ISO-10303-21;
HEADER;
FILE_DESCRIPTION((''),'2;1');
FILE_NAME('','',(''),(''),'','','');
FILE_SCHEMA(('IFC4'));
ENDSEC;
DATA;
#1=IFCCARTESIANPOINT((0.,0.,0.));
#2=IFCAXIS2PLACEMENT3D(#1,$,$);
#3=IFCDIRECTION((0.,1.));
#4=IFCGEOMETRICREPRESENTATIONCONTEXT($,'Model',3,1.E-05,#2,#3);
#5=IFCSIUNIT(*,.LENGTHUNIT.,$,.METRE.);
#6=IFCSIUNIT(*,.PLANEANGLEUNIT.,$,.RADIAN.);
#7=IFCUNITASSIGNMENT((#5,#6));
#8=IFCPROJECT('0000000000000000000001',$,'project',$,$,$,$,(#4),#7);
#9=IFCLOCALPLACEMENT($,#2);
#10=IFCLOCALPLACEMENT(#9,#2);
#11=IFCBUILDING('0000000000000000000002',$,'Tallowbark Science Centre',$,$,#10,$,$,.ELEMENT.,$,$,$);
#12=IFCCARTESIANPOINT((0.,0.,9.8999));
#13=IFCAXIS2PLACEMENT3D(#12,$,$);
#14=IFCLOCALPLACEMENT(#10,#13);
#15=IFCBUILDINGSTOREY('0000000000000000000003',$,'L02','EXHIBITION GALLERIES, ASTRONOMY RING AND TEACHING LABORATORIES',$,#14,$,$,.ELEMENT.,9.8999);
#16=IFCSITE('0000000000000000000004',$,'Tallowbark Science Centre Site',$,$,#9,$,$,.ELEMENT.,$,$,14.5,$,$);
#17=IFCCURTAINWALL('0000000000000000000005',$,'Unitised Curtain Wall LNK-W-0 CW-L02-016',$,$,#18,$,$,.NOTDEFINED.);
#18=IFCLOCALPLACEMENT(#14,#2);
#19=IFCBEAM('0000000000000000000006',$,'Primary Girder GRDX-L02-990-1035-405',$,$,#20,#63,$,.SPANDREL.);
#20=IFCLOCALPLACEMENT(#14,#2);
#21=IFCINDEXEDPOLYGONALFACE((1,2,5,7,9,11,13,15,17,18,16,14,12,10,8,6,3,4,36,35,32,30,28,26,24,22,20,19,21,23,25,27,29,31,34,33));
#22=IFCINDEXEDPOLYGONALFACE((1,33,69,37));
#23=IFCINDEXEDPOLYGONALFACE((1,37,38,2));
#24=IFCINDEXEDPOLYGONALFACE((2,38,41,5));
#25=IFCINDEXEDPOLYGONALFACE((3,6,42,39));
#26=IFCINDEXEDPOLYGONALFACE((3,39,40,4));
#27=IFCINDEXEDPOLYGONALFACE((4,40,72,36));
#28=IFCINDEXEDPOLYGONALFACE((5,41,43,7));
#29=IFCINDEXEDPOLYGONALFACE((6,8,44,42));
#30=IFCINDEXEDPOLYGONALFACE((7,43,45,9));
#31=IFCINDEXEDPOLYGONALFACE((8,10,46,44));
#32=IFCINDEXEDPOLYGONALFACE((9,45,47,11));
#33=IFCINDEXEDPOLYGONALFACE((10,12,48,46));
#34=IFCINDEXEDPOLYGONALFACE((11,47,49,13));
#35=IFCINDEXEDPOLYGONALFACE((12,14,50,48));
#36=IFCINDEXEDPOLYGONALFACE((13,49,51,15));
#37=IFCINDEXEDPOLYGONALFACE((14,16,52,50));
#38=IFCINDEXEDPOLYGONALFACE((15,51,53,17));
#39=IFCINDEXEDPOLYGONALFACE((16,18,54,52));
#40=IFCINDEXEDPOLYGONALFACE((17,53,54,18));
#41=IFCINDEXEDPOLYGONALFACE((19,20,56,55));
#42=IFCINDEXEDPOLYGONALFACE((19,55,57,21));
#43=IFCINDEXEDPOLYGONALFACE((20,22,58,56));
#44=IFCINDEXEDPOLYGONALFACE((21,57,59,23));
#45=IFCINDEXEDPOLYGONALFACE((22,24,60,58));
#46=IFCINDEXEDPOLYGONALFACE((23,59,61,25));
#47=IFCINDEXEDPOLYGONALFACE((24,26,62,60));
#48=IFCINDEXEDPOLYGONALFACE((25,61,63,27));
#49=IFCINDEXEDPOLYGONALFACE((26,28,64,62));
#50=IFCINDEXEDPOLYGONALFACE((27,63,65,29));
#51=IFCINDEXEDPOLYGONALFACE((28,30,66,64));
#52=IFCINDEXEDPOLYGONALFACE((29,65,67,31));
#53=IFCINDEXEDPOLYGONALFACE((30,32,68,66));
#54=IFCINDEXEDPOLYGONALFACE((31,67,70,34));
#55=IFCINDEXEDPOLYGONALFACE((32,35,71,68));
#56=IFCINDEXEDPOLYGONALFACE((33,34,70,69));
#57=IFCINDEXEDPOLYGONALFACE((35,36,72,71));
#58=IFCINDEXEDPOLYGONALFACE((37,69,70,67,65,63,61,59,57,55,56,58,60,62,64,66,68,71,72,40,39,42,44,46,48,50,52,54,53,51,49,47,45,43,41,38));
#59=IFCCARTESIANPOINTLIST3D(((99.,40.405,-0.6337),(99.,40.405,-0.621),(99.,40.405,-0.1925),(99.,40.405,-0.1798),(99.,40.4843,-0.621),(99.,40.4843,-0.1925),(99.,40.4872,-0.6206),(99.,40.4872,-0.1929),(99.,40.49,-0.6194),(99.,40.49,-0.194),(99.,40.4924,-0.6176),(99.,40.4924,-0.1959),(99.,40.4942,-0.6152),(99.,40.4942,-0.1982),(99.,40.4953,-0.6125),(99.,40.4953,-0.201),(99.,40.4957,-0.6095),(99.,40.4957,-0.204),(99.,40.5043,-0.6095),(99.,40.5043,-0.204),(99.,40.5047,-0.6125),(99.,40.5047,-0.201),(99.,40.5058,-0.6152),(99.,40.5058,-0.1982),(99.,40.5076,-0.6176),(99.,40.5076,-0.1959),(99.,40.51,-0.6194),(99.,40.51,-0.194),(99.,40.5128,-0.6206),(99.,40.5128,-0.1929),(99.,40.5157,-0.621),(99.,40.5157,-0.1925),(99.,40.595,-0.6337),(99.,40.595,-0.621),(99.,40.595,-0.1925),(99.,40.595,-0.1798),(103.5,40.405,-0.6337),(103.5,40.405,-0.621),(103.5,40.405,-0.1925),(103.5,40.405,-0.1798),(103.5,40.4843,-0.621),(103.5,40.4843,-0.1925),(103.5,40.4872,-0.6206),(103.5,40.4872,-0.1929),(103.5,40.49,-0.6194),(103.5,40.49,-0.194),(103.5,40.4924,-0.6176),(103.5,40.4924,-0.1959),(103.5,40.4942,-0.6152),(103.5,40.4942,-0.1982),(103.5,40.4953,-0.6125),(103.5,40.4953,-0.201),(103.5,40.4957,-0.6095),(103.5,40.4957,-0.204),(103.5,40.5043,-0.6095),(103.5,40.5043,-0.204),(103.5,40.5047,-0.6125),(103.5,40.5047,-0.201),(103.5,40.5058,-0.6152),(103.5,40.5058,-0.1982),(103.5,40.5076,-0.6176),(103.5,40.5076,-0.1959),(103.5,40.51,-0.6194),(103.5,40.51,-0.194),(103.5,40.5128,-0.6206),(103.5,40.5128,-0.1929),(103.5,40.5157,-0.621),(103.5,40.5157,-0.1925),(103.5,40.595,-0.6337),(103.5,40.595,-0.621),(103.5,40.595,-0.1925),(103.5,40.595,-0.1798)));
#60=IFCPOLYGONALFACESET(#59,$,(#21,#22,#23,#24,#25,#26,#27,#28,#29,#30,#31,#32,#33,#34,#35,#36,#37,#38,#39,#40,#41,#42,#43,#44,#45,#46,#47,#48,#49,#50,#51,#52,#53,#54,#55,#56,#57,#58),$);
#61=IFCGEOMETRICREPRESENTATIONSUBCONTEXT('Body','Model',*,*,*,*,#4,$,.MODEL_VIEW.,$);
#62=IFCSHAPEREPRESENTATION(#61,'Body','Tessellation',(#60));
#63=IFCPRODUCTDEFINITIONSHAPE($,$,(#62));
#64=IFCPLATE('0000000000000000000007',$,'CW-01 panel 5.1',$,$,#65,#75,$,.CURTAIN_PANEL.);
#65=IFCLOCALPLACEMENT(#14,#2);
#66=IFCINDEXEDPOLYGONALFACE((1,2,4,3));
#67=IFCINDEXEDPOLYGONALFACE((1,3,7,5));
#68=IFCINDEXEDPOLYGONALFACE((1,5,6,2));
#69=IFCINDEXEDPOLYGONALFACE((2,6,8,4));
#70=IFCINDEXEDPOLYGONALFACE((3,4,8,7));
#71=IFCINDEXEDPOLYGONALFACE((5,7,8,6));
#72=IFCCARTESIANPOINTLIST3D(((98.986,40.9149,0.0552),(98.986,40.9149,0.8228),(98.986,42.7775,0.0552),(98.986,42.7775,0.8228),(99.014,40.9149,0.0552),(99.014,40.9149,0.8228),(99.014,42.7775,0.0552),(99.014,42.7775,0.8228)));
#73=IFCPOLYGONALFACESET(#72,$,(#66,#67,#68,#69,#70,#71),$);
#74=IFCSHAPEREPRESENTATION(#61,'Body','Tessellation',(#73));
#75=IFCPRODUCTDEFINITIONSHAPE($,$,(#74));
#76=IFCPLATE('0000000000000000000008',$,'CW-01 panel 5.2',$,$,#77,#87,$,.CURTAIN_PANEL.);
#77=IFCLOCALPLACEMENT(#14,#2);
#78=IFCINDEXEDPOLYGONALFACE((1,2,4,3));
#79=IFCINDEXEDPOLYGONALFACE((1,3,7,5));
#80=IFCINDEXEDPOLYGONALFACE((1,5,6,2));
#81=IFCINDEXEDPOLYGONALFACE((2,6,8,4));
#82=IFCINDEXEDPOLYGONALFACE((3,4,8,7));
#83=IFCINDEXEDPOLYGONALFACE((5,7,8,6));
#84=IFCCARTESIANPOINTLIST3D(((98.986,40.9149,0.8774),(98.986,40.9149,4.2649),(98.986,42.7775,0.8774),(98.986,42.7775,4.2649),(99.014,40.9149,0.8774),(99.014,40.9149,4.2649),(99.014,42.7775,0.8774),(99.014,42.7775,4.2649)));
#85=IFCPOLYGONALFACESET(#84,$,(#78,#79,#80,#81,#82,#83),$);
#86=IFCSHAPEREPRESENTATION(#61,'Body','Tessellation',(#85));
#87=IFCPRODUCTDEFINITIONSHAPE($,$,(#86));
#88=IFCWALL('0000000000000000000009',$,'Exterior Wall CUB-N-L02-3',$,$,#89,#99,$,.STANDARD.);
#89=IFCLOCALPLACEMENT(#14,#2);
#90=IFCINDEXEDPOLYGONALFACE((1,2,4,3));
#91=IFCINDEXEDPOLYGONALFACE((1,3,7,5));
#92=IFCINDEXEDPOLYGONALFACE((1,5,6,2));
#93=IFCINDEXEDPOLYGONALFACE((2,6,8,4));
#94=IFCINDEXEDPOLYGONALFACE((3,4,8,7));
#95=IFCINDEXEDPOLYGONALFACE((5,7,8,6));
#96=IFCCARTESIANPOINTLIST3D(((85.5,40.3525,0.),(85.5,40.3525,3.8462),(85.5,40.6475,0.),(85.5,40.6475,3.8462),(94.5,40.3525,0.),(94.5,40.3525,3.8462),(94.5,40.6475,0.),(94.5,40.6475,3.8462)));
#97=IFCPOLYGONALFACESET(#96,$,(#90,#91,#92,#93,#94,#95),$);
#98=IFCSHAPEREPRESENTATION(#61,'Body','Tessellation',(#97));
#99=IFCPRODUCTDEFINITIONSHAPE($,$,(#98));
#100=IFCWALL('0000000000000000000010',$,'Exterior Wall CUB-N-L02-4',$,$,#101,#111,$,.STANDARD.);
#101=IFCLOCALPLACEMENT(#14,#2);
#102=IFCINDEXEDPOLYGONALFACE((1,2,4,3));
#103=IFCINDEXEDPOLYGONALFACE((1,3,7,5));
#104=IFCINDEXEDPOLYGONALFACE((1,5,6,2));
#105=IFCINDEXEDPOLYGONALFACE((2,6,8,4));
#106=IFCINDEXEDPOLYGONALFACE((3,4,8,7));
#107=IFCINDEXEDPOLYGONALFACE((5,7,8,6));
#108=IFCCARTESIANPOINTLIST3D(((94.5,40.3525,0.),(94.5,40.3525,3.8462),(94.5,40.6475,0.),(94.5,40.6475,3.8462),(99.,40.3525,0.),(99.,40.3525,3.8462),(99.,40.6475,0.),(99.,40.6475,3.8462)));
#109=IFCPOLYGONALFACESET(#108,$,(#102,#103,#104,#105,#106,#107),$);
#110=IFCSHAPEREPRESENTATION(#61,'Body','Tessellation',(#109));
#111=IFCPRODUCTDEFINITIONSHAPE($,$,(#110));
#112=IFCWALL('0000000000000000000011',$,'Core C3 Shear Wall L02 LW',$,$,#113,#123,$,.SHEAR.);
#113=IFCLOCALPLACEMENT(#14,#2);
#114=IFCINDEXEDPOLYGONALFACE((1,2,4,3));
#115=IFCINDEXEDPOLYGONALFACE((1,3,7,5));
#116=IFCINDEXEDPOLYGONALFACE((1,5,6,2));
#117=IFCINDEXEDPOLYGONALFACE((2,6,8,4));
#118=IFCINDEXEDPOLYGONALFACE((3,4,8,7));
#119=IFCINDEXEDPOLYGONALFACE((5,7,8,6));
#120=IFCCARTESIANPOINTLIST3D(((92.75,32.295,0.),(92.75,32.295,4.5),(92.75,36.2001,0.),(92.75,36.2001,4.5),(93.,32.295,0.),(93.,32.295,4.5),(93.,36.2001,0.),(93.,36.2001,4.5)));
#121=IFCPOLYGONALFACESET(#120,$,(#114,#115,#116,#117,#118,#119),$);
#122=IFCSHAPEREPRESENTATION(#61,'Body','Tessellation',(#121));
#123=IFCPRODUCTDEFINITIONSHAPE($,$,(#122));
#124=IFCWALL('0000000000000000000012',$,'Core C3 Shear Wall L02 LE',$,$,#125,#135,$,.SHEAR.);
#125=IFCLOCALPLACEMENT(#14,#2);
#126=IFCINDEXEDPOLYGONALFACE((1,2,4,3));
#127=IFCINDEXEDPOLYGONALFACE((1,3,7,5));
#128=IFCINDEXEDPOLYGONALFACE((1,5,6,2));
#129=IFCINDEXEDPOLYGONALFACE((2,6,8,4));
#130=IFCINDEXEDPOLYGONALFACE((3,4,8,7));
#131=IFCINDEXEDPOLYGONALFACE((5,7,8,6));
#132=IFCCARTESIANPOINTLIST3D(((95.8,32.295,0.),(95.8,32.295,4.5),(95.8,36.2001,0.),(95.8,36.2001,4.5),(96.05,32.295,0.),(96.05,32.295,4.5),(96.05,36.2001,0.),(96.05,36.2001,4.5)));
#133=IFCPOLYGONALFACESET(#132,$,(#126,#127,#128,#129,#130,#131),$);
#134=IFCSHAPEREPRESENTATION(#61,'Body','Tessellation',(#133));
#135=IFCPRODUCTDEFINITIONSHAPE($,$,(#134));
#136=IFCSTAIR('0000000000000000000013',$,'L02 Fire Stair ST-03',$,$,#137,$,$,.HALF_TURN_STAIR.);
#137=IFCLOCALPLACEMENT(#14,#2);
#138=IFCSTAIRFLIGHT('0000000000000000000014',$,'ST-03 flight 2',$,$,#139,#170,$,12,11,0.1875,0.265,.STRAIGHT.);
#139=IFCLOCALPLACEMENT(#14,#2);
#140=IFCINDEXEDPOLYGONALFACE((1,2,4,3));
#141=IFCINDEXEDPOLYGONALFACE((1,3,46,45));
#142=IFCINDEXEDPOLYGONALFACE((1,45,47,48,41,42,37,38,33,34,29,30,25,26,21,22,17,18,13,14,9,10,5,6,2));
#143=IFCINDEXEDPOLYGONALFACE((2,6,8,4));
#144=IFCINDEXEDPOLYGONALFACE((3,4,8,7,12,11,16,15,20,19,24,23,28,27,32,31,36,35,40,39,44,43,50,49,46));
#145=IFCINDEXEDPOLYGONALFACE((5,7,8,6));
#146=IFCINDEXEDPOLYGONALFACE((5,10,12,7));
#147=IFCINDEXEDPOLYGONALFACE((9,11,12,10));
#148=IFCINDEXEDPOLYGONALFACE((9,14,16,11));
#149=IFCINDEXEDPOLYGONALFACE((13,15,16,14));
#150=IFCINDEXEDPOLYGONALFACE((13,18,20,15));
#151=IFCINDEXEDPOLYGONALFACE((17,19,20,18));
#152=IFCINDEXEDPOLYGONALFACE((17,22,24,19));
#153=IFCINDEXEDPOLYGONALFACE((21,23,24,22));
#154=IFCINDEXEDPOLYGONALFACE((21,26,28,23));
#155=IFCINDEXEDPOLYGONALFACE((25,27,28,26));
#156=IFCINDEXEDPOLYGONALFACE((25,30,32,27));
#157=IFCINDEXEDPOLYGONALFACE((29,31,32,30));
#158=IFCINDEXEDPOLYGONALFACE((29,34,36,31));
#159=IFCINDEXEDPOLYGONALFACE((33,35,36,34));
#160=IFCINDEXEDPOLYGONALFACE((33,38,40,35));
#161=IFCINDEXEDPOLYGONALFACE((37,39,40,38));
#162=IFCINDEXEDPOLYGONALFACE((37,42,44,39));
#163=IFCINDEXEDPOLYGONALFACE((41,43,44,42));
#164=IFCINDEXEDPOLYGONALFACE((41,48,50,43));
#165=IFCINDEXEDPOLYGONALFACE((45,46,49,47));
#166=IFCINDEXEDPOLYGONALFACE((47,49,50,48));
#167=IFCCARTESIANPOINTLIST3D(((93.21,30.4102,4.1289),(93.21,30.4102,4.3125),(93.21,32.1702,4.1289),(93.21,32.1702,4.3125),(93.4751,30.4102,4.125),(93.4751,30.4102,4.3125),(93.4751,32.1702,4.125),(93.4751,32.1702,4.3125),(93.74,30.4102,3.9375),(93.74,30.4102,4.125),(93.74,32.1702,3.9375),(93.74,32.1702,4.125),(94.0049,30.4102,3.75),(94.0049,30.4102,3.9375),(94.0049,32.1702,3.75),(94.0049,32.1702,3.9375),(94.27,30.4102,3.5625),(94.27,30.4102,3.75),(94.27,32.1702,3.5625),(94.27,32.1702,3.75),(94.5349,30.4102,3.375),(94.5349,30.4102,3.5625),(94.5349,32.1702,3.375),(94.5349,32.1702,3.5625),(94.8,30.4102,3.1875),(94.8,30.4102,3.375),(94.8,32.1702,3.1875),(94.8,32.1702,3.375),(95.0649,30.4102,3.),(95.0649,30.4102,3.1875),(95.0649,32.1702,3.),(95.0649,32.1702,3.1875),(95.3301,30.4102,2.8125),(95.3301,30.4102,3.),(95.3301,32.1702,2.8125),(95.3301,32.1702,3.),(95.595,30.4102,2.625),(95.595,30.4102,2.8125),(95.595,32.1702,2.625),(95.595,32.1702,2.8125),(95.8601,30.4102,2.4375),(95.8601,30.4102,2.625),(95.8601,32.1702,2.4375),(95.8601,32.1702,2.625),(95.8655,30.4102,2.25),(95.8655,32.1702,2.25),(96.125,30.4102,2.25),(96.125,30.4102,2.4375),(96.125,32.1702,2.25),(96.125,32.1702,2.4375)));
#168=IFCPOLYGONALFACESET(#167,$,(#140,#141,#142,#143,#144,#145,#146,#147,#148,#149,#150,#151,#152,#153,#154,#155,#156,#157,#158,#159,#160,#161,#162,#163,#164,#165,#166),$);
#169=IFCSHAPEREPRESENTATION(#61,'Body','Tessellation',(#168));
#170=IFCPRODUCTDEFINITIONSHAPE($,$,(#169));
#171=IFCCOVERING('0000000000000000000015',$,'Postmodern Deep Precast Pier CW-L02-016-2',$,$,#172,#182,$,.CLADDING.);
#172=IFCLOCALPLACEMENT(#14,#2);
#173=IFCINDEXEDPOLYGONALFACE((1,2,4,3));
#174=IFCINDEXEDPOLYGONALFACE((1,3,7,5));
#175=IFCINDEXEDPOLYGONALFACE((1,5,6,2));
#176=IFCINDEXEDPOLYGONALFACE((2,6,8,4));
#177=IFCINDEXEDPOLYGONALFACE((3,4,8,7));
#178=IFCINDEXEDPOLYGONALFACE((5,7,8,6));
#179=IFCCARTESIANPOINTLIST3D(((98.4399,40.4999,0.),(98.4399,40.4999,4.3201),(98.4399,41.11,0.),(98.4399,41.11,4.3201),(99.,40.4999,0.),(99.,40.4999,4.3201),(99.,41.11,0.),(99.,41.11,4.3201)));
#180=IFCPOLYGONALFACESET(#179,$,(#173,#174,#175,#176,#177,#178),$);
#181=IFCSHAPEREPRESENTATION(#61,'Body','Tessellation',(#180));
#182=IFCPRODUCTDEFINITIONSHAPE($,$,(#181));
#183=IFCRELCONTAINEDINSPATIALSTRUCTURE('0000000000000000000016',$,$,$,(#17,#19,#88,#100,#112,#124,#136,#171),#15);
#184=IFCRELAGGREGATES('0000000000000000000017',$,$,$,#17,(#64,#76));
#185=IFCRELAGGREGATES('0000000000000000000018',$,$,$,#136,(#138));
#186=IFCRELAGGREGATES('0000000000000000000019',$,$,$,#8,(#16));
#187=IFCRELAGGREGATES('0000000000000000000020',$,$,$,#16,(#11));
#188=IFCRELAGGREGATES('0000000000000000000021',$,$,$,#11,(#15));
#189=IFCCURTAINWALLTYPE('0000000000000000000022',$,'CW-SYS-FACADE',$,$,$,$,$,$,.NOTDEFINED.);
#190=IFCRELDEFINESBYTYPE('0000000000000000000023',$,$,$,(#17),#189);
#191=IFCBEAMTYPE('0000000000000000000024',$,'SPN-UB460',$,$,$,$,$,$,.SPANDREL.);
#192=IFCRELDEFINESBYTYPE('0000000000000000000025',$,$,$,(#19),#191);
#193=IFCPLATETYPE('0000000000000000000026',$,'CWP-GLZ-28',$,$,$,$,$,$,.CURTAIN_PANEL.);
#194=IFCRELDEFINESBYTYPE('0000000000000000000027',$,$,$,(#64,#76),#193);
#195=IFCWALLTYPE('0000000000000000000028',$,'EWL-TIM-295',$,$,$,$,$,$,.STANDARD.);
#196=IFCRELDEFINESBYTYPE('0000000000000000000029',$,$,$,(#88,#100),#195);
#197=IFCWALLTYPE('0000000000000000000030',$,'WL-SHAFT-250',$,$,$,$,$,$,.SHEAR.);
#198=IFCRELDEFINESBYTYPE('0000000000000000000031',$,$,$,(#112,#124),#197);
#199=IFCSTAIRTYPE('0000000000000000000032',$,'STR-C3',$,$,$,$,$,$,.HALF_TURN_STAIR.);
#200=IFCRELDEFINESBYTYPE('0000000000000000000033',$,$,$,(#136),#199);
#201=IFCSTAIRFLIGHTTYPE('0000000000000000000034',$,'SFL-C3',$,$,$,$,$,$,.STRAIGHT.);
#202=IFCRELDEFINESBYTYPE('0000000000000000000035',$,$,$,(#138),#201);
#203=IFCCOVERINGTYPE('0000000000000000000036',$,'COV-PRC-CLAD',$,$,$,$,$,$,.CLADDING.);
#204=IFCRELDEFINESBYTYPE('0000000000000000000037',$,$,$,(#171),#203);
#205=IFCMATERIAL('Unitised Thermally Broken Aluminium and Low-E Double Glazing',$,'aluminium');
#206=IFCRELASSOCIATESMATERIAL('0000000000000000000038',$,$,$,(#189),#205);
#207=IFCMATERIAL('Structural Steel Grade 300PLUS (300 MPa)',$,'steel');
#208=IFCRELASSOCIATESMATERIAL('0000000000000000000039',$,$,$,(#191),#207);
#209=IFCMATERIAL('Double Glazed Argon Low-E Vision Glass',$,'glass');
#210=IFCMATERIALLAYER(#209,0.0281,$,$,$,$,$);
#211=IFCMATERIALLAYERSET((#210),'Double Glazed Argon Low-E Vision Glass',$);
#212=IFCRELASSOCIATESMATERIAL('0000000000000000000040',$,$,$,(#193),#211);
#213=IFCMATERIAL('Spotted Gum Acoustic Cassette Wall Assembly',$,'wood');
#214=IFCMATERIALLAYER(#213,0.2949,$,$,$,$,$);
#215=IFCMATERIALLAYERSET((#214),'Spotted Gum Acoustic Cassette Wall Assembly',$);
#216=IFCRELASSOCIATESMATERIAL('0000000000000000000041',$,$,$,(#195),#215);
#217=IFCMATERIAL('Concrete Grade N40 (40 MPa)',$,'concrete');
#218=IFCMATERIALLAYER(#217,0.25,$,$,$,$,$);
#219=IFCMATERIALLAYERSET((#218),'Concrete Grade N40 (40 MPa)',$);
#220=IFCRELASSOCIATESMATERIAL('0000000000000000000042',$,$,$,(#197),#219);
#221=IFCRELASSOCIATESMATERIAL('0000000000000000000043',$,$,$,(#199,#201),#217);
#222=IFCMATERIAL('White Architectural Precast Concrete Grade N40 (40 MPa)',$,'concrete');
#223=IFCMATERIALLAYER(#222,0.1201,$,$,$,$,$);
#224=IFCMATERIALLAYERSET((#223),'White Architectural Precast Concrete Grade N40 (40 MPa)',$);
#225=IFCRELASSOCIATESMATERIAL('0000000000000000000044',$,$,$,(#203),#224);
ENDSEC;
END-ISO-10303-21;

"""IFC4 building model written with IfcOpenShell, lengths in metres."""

from ifc_helpers import new_model, si_unit, direction, frame, frame_2d, origin, origin_2d, place, context, subcontext, project, spatial, polyline, rectangle, i_section, outline, extrude, material, layer, layer_set, material_profile, profile_set, type_object, element, aggregate, save


model = new_model("IFC4")

# Units and contexts
model_context = context("Model", 3, precision=1e-05, world=origin(), true_north=direction((0.0, 1.0)))
body_context = subcontext(model_context, "Body", "Model", "MODEL_VIEW")
ifc_project = project(units=[si_unit("LENGTHUNIT", "METRE"), si_unit("PLANEANGLEUNIT", "RADIAN")], contexts=[model_context])

# Site, building, storey
site_placement = place(None, origin())
site = spatial("IfcSite", under=ifc_project, at=site_placement, Name="Tallowbark Science Centre Site", CompositionType="ELEMENT", RefElevation=14.5)
building_placement = place(site_placement, origin())
building = spatial("IfcBuilding", under=site, at=building_placement, Name="Tallowbark Science Centre", CompositionType="ELEMENT")
storey_placement = place(building_placement, frame((0.0, 0.0, 9.8999)))
storey = spatial("IfcBuildingStorey", under=building, at=storey_placement, Name="L02", Description="EXHIBITION GALLERIES, ASTRONOMY RING AND TEACHING LABORATORIES", CompositionType="ELEMENT", Elevation=9.8999)

# Shared definitions
ifc_material_1 = material(Name="Structural Steel Grade 300PLUS (300 MPa)", Category="steel")

# Curtain wall
ifc_material_2 = material(Name="Unitised Thermally Broken Aluminium and Low-E Double Glazing", Category="aluminium")
curtain_wall_type = type_object("IfcCurtainWallType", Name="CW-SYS-FACADE", PredefinedType="NOTDEFINED", material=ifc_material_2)
curtain_wall_placement = place(storey_placement, origin())
curtain_wall = element("IfcCurtainWall", 1, at=curtain_wall_placement, inside=storey, type_object=curtain_wall_type, Name="Unitised Curtain Wall LNK-W-0 CW-L02-016", PredefinedType="NOTDEFINED")

# Beam
ifc_material_profile_1 = material_profile(ifc_material_1, i_section(OverallWidth=0.1899, OverallDepth=0.4539, WebThickness=0.0085, FlangeThickness=0.0127, FilletRadius=0.0115, at=origin_2d()), Name="460UB67.1")
ifc_profile_set_1 = profile_set([ifc_material_profile_1], Name="Structural Steel Grade 300PLUS (300 MPa)")
beam_type_1 = type_object("IfcBeamType", Name="SPN-UB460", PredefinedType="SPANDREL", material=ifc_profile_set_1)
for number, where, z_axis, x_axis, name in (
    (2, (99.0, 40.5, -0.4067), (1.0, 0.0, 0.0), (0.0, 1.0, 0.0), "Primary Girder GRDX-L02-990-1035-405"),
):
    element("IfcBeam", number, at=place(storey_placement, frame(where, z_axis=z_axis, x_axis=x_axis)), inside=storey, type_object=beam_type_1, Name=name, PredefinedType="SPANDREL", context=body_context, shape_type="SweptSolid", body=[
        extrude(i_section(OverallWidth=0.1899, OverallDepth=0.4539, WebThickness=0.0085, FlangeThickness=0.0127, FilletRadius=0.0115, at=origin_2d()), origin(), (0.0, 0.0, 1.0), 4.5),
    ])

# Plates
ifc_material_3 = material(Name="Double Glazed Argon Low-E Vision Glass", Category="glass")
ifc_layer_1 = layer(ifc_material_3, 0.0281)
ifc_layer_set_1 = layer_set([ifc_layer_1], Name="Double Glazed Argon Low-E Vision Glass")
plate_type = type_object("IfcPlateType", Name="CWP-GLZ-28", PredefinedType="CURTAIN_PANEL", material=ifc_layer_set_1)
plate_1_placement = place(storey_placement, frame((99.0, 41.8462, 0.0552), z_axis=(0.0, 0.0, 1.0), x_axis=(0.0, -1.0, 0.0)))
plate_1 = element("IfcPlate", 3, at=plate_1_placement, type_object=plate_type, Name="CW-01 panel 5.1", PredefinedType="CURTAIN_PANEL", context=body_context, shape_type="SweptSolid", body=[
    extrude(rectangle(XDim=1.8625, YDim=0.0281, at=origin_2d()), origin(), (0.0, 0.0, 1.0), 0.7676),
])
plate_2_placement = place(storey_placement, frame((99.0, 41.8462, 0.8774), z_axis=(0.0, 0.0, 1.0), x_axis=(0.0, -1.0, 0.0)))
plate_2 = element("IfcPlate", 4, at=plate_2_placement, type_object=plate_type, Name="CW-01 panel 5.2", PredefinedType="CURTAIN_PANEL", context=body_context, shape_type="SweptSolid", body=[
    extrude(rectangle(XDim=1.8625, YDim=0.0281, at=origin_2d()), origin(), (0.0, 0.0, 1.0), 3.3875),
])
aggregate(curtain_wall, [plate_1, plate_2])

# Walls
ifc_material_4 = material(Name="Spotted Gum Acoustic Cassette Wall Assembly", Category="wood")
ifc_layer_2 = layer(ifc_material_4, 0.2949)
ifc_layer_set_2 = layer_set([ifc_layer_2], Name="Spotted Gum Acoustic Cassette Wall Assembly")
wall_type_1 = type_object("IfcWallType", Name="EWL-TIM-295", PredefinedType="STANDARD", material=ifc_layer_set_2)
wall_1_placement = place(storey_placement, frame((94.5, 40.5, 0.0), z_axis=(0.0, 0.0, 1.0), x_axis=(-1.0, 0.0, 0.0)))
element("IfcWall", 5, at=wall_1_placement, inside=storey, type_object=wall_type_1, Name="Exterior Wall CUB-N-L02-3", PredefinedType="STANDARD", context=body_context, shape_type="SweptSolid", body=[
    extrude(rectangle(XDim=9.0, YDim=0.2949, at=frame_2d((4.5, 0.0))), origin(), (0.0, 0.0, 1.0), 3.8462),
])
wall_2_placement = place(storey_placement, frame((99.0, 40.5, 0.0), z_axis=(0.0, 0.0, 1.0), x_axis=(-1.0, 0.0, 0.0)))
element("IfcWall", 6, at=wall_2_placement, inside=storey, type_object=wall_type_1, Name="Exterior Wall CUB-N-L02-4", PredefinedType="STANDARD", context=body_context, shape_type="SweptSolid", body=[
    extrude(rectangle(XDim=4.5, YDim=0.2949, at=frame_2d((2.25, 0.0))), origin(), (0.0, 0.0, 1.0), 3.8462),
])

# Shared definitions
ifc_material_5 = material(Name="Concrete Grade N40 (40 MPa)", Category="concrete")

# Walls
ifc_layer_3 = layer(ifc_material_5, 0.25)
ifc_layer_set_3 = layer_set([ifc_layer_3], Name="Concrete Grade N40 (40 MPa)")
wall_type_2 = type_object("IfcWallType", Name="WL-SHAFT-250", PredefinedType="SHEAR", material=ifc_layer_set_3)
for number, where, z_axis, x_axis, name in (
    (7, (92.875, 32.2949, 0.0), (0.0, 0.0, 1.0), (0.0, 1.0, 0.0), "Core C3 Shear Wall L02 LW"),
    (8, (95.925, 32.2949, 0.0), (0.0, 0.0, 1.0), (0.0, 1.0, 0.0), "Core C3 Shear Wall L02 LE"),
):
    element("IfcWall", number, at=place(storey_placement, frame(where, z_axis=z_axis, x_axis=x_axis)), inside=storey, type_object=wall_type_2, Name=name, PredefinedType="SHEAR", context=body_context, shape_type="SweptSolid", body=[
        extrude(rectangle(XDim=3.905, YDim=0.25, at=frame_2d((1.9526, 0.0))), origin(), (0.0, 0.0, 1.0), 4.5),
    ])

# Stair, stair flight
stair_type = type_object("IfcStairType", Name="STR-C3", PredefinedType="HALF_TURN_STAIR", material=ifc_material_5)
stair_placement = place(storey_placement, origin())
stair = element("IfcStair", 9, at=stair_placement, inside=storey, type_object=stair_type, Name="L02 Fire Stair ST-03", PredefinedType="HALF_TURN_STAIR")
stair_flight_type = type_object("IfcStairFlightType", Name="SFL-C3", PredefinedType="STRAIGHT", material=ifc_material_5)
stair_flight_placement = place(storey_placement, frame((96.125, 31.29, 2.25), z_axis=(0.0, 0.0, 1.0), x_axis=(-1.0, 0.0, 0.0)))
stair_flight = element("IfcStairFlight", 10, at=stair_flight_placement, type_object=stair_flight_type, Name="ST-03 flight 2", NumberOfRisers=12, NumberOfTreads=11, PredefinedType="STRAIGHT", RiserHeight=0.1875, TreadLength=0.265, context=body_context, shape_type="SweptSolid", body=[
    extrude(outline(polyline([(0.0, 0.0), (0.0, 0.1875), (0.2649, 0.1875), (0.2649, 0.375), (0.53, 0.375), (0.53, 0.5625), (0.7949, 0.5625), (0.7949, 0.75), (1.0601, 0.75), (1.0601, 0.9375), (1.325, 0.9375), (1.325, 1.125), (1.5901, 1.125), (1.5901, 1.3125), (1.855, 1.3125), (1.855, 1.5), (2.1201, 1.5), (2.1201, 1.6875), (2.385, 1.6875), (2.385, 1.875), (2.6499, 1.875), (2.6499, 2.0625), (2.915, 2.0625), (2.915, 2.25), (2.915, 1.8789), (0.2595, 0.0), (0.0, 0.0)])), frame((0.0, 0.8799, 0.0), z_axis=(0.0, -1.0, 0.0), x_axis=(1.0, 0.0, 0.0)), (0.0, 0.0, 1.0), 1.76),
])
aggregate(stair, [stair_flight])

# Covering
ifc_material_6 = material(Name="White Architectural Precast Concrete Grade N40 (40 MPa)", Category="concrete")
ifc_layer_4 = layer(ifc_material_6, 0.1201)
ifc_layer_set_4 = layer_set([ifc_layer_4], Name="White Architectural Precast Concrete Grade N40 (40 MPa)")
covering_type_1 = type_object("IfcCoveringType", Name="COV-PRC-CLAD", PredefinedType="CLADDING", material=ifc_layer_set_4)
covering_1_placement = place(storey_placement, frame((98.72, 40.8049, 0.0), z_axis=(0.0, 0.0, 1.0), x_axis=(0.0, -1.0, 0.0)))
element("IfcCovering", 11, at=covering_1_placement, inside=storey, type_object=covering_type_1, Name="Postmodern Deep Precast Pier CW-L02-016-2", PredefinedType="CLADDING", context=body_context, shape_type="SweptSolid", body=[
    extrude(rectangle(XDim=0.6101, YDim=0.5601, at=origin_2d()), origin(), (0.0, 0.0, 1.0), 4.3201),
])

save(model, "model.ifc")
